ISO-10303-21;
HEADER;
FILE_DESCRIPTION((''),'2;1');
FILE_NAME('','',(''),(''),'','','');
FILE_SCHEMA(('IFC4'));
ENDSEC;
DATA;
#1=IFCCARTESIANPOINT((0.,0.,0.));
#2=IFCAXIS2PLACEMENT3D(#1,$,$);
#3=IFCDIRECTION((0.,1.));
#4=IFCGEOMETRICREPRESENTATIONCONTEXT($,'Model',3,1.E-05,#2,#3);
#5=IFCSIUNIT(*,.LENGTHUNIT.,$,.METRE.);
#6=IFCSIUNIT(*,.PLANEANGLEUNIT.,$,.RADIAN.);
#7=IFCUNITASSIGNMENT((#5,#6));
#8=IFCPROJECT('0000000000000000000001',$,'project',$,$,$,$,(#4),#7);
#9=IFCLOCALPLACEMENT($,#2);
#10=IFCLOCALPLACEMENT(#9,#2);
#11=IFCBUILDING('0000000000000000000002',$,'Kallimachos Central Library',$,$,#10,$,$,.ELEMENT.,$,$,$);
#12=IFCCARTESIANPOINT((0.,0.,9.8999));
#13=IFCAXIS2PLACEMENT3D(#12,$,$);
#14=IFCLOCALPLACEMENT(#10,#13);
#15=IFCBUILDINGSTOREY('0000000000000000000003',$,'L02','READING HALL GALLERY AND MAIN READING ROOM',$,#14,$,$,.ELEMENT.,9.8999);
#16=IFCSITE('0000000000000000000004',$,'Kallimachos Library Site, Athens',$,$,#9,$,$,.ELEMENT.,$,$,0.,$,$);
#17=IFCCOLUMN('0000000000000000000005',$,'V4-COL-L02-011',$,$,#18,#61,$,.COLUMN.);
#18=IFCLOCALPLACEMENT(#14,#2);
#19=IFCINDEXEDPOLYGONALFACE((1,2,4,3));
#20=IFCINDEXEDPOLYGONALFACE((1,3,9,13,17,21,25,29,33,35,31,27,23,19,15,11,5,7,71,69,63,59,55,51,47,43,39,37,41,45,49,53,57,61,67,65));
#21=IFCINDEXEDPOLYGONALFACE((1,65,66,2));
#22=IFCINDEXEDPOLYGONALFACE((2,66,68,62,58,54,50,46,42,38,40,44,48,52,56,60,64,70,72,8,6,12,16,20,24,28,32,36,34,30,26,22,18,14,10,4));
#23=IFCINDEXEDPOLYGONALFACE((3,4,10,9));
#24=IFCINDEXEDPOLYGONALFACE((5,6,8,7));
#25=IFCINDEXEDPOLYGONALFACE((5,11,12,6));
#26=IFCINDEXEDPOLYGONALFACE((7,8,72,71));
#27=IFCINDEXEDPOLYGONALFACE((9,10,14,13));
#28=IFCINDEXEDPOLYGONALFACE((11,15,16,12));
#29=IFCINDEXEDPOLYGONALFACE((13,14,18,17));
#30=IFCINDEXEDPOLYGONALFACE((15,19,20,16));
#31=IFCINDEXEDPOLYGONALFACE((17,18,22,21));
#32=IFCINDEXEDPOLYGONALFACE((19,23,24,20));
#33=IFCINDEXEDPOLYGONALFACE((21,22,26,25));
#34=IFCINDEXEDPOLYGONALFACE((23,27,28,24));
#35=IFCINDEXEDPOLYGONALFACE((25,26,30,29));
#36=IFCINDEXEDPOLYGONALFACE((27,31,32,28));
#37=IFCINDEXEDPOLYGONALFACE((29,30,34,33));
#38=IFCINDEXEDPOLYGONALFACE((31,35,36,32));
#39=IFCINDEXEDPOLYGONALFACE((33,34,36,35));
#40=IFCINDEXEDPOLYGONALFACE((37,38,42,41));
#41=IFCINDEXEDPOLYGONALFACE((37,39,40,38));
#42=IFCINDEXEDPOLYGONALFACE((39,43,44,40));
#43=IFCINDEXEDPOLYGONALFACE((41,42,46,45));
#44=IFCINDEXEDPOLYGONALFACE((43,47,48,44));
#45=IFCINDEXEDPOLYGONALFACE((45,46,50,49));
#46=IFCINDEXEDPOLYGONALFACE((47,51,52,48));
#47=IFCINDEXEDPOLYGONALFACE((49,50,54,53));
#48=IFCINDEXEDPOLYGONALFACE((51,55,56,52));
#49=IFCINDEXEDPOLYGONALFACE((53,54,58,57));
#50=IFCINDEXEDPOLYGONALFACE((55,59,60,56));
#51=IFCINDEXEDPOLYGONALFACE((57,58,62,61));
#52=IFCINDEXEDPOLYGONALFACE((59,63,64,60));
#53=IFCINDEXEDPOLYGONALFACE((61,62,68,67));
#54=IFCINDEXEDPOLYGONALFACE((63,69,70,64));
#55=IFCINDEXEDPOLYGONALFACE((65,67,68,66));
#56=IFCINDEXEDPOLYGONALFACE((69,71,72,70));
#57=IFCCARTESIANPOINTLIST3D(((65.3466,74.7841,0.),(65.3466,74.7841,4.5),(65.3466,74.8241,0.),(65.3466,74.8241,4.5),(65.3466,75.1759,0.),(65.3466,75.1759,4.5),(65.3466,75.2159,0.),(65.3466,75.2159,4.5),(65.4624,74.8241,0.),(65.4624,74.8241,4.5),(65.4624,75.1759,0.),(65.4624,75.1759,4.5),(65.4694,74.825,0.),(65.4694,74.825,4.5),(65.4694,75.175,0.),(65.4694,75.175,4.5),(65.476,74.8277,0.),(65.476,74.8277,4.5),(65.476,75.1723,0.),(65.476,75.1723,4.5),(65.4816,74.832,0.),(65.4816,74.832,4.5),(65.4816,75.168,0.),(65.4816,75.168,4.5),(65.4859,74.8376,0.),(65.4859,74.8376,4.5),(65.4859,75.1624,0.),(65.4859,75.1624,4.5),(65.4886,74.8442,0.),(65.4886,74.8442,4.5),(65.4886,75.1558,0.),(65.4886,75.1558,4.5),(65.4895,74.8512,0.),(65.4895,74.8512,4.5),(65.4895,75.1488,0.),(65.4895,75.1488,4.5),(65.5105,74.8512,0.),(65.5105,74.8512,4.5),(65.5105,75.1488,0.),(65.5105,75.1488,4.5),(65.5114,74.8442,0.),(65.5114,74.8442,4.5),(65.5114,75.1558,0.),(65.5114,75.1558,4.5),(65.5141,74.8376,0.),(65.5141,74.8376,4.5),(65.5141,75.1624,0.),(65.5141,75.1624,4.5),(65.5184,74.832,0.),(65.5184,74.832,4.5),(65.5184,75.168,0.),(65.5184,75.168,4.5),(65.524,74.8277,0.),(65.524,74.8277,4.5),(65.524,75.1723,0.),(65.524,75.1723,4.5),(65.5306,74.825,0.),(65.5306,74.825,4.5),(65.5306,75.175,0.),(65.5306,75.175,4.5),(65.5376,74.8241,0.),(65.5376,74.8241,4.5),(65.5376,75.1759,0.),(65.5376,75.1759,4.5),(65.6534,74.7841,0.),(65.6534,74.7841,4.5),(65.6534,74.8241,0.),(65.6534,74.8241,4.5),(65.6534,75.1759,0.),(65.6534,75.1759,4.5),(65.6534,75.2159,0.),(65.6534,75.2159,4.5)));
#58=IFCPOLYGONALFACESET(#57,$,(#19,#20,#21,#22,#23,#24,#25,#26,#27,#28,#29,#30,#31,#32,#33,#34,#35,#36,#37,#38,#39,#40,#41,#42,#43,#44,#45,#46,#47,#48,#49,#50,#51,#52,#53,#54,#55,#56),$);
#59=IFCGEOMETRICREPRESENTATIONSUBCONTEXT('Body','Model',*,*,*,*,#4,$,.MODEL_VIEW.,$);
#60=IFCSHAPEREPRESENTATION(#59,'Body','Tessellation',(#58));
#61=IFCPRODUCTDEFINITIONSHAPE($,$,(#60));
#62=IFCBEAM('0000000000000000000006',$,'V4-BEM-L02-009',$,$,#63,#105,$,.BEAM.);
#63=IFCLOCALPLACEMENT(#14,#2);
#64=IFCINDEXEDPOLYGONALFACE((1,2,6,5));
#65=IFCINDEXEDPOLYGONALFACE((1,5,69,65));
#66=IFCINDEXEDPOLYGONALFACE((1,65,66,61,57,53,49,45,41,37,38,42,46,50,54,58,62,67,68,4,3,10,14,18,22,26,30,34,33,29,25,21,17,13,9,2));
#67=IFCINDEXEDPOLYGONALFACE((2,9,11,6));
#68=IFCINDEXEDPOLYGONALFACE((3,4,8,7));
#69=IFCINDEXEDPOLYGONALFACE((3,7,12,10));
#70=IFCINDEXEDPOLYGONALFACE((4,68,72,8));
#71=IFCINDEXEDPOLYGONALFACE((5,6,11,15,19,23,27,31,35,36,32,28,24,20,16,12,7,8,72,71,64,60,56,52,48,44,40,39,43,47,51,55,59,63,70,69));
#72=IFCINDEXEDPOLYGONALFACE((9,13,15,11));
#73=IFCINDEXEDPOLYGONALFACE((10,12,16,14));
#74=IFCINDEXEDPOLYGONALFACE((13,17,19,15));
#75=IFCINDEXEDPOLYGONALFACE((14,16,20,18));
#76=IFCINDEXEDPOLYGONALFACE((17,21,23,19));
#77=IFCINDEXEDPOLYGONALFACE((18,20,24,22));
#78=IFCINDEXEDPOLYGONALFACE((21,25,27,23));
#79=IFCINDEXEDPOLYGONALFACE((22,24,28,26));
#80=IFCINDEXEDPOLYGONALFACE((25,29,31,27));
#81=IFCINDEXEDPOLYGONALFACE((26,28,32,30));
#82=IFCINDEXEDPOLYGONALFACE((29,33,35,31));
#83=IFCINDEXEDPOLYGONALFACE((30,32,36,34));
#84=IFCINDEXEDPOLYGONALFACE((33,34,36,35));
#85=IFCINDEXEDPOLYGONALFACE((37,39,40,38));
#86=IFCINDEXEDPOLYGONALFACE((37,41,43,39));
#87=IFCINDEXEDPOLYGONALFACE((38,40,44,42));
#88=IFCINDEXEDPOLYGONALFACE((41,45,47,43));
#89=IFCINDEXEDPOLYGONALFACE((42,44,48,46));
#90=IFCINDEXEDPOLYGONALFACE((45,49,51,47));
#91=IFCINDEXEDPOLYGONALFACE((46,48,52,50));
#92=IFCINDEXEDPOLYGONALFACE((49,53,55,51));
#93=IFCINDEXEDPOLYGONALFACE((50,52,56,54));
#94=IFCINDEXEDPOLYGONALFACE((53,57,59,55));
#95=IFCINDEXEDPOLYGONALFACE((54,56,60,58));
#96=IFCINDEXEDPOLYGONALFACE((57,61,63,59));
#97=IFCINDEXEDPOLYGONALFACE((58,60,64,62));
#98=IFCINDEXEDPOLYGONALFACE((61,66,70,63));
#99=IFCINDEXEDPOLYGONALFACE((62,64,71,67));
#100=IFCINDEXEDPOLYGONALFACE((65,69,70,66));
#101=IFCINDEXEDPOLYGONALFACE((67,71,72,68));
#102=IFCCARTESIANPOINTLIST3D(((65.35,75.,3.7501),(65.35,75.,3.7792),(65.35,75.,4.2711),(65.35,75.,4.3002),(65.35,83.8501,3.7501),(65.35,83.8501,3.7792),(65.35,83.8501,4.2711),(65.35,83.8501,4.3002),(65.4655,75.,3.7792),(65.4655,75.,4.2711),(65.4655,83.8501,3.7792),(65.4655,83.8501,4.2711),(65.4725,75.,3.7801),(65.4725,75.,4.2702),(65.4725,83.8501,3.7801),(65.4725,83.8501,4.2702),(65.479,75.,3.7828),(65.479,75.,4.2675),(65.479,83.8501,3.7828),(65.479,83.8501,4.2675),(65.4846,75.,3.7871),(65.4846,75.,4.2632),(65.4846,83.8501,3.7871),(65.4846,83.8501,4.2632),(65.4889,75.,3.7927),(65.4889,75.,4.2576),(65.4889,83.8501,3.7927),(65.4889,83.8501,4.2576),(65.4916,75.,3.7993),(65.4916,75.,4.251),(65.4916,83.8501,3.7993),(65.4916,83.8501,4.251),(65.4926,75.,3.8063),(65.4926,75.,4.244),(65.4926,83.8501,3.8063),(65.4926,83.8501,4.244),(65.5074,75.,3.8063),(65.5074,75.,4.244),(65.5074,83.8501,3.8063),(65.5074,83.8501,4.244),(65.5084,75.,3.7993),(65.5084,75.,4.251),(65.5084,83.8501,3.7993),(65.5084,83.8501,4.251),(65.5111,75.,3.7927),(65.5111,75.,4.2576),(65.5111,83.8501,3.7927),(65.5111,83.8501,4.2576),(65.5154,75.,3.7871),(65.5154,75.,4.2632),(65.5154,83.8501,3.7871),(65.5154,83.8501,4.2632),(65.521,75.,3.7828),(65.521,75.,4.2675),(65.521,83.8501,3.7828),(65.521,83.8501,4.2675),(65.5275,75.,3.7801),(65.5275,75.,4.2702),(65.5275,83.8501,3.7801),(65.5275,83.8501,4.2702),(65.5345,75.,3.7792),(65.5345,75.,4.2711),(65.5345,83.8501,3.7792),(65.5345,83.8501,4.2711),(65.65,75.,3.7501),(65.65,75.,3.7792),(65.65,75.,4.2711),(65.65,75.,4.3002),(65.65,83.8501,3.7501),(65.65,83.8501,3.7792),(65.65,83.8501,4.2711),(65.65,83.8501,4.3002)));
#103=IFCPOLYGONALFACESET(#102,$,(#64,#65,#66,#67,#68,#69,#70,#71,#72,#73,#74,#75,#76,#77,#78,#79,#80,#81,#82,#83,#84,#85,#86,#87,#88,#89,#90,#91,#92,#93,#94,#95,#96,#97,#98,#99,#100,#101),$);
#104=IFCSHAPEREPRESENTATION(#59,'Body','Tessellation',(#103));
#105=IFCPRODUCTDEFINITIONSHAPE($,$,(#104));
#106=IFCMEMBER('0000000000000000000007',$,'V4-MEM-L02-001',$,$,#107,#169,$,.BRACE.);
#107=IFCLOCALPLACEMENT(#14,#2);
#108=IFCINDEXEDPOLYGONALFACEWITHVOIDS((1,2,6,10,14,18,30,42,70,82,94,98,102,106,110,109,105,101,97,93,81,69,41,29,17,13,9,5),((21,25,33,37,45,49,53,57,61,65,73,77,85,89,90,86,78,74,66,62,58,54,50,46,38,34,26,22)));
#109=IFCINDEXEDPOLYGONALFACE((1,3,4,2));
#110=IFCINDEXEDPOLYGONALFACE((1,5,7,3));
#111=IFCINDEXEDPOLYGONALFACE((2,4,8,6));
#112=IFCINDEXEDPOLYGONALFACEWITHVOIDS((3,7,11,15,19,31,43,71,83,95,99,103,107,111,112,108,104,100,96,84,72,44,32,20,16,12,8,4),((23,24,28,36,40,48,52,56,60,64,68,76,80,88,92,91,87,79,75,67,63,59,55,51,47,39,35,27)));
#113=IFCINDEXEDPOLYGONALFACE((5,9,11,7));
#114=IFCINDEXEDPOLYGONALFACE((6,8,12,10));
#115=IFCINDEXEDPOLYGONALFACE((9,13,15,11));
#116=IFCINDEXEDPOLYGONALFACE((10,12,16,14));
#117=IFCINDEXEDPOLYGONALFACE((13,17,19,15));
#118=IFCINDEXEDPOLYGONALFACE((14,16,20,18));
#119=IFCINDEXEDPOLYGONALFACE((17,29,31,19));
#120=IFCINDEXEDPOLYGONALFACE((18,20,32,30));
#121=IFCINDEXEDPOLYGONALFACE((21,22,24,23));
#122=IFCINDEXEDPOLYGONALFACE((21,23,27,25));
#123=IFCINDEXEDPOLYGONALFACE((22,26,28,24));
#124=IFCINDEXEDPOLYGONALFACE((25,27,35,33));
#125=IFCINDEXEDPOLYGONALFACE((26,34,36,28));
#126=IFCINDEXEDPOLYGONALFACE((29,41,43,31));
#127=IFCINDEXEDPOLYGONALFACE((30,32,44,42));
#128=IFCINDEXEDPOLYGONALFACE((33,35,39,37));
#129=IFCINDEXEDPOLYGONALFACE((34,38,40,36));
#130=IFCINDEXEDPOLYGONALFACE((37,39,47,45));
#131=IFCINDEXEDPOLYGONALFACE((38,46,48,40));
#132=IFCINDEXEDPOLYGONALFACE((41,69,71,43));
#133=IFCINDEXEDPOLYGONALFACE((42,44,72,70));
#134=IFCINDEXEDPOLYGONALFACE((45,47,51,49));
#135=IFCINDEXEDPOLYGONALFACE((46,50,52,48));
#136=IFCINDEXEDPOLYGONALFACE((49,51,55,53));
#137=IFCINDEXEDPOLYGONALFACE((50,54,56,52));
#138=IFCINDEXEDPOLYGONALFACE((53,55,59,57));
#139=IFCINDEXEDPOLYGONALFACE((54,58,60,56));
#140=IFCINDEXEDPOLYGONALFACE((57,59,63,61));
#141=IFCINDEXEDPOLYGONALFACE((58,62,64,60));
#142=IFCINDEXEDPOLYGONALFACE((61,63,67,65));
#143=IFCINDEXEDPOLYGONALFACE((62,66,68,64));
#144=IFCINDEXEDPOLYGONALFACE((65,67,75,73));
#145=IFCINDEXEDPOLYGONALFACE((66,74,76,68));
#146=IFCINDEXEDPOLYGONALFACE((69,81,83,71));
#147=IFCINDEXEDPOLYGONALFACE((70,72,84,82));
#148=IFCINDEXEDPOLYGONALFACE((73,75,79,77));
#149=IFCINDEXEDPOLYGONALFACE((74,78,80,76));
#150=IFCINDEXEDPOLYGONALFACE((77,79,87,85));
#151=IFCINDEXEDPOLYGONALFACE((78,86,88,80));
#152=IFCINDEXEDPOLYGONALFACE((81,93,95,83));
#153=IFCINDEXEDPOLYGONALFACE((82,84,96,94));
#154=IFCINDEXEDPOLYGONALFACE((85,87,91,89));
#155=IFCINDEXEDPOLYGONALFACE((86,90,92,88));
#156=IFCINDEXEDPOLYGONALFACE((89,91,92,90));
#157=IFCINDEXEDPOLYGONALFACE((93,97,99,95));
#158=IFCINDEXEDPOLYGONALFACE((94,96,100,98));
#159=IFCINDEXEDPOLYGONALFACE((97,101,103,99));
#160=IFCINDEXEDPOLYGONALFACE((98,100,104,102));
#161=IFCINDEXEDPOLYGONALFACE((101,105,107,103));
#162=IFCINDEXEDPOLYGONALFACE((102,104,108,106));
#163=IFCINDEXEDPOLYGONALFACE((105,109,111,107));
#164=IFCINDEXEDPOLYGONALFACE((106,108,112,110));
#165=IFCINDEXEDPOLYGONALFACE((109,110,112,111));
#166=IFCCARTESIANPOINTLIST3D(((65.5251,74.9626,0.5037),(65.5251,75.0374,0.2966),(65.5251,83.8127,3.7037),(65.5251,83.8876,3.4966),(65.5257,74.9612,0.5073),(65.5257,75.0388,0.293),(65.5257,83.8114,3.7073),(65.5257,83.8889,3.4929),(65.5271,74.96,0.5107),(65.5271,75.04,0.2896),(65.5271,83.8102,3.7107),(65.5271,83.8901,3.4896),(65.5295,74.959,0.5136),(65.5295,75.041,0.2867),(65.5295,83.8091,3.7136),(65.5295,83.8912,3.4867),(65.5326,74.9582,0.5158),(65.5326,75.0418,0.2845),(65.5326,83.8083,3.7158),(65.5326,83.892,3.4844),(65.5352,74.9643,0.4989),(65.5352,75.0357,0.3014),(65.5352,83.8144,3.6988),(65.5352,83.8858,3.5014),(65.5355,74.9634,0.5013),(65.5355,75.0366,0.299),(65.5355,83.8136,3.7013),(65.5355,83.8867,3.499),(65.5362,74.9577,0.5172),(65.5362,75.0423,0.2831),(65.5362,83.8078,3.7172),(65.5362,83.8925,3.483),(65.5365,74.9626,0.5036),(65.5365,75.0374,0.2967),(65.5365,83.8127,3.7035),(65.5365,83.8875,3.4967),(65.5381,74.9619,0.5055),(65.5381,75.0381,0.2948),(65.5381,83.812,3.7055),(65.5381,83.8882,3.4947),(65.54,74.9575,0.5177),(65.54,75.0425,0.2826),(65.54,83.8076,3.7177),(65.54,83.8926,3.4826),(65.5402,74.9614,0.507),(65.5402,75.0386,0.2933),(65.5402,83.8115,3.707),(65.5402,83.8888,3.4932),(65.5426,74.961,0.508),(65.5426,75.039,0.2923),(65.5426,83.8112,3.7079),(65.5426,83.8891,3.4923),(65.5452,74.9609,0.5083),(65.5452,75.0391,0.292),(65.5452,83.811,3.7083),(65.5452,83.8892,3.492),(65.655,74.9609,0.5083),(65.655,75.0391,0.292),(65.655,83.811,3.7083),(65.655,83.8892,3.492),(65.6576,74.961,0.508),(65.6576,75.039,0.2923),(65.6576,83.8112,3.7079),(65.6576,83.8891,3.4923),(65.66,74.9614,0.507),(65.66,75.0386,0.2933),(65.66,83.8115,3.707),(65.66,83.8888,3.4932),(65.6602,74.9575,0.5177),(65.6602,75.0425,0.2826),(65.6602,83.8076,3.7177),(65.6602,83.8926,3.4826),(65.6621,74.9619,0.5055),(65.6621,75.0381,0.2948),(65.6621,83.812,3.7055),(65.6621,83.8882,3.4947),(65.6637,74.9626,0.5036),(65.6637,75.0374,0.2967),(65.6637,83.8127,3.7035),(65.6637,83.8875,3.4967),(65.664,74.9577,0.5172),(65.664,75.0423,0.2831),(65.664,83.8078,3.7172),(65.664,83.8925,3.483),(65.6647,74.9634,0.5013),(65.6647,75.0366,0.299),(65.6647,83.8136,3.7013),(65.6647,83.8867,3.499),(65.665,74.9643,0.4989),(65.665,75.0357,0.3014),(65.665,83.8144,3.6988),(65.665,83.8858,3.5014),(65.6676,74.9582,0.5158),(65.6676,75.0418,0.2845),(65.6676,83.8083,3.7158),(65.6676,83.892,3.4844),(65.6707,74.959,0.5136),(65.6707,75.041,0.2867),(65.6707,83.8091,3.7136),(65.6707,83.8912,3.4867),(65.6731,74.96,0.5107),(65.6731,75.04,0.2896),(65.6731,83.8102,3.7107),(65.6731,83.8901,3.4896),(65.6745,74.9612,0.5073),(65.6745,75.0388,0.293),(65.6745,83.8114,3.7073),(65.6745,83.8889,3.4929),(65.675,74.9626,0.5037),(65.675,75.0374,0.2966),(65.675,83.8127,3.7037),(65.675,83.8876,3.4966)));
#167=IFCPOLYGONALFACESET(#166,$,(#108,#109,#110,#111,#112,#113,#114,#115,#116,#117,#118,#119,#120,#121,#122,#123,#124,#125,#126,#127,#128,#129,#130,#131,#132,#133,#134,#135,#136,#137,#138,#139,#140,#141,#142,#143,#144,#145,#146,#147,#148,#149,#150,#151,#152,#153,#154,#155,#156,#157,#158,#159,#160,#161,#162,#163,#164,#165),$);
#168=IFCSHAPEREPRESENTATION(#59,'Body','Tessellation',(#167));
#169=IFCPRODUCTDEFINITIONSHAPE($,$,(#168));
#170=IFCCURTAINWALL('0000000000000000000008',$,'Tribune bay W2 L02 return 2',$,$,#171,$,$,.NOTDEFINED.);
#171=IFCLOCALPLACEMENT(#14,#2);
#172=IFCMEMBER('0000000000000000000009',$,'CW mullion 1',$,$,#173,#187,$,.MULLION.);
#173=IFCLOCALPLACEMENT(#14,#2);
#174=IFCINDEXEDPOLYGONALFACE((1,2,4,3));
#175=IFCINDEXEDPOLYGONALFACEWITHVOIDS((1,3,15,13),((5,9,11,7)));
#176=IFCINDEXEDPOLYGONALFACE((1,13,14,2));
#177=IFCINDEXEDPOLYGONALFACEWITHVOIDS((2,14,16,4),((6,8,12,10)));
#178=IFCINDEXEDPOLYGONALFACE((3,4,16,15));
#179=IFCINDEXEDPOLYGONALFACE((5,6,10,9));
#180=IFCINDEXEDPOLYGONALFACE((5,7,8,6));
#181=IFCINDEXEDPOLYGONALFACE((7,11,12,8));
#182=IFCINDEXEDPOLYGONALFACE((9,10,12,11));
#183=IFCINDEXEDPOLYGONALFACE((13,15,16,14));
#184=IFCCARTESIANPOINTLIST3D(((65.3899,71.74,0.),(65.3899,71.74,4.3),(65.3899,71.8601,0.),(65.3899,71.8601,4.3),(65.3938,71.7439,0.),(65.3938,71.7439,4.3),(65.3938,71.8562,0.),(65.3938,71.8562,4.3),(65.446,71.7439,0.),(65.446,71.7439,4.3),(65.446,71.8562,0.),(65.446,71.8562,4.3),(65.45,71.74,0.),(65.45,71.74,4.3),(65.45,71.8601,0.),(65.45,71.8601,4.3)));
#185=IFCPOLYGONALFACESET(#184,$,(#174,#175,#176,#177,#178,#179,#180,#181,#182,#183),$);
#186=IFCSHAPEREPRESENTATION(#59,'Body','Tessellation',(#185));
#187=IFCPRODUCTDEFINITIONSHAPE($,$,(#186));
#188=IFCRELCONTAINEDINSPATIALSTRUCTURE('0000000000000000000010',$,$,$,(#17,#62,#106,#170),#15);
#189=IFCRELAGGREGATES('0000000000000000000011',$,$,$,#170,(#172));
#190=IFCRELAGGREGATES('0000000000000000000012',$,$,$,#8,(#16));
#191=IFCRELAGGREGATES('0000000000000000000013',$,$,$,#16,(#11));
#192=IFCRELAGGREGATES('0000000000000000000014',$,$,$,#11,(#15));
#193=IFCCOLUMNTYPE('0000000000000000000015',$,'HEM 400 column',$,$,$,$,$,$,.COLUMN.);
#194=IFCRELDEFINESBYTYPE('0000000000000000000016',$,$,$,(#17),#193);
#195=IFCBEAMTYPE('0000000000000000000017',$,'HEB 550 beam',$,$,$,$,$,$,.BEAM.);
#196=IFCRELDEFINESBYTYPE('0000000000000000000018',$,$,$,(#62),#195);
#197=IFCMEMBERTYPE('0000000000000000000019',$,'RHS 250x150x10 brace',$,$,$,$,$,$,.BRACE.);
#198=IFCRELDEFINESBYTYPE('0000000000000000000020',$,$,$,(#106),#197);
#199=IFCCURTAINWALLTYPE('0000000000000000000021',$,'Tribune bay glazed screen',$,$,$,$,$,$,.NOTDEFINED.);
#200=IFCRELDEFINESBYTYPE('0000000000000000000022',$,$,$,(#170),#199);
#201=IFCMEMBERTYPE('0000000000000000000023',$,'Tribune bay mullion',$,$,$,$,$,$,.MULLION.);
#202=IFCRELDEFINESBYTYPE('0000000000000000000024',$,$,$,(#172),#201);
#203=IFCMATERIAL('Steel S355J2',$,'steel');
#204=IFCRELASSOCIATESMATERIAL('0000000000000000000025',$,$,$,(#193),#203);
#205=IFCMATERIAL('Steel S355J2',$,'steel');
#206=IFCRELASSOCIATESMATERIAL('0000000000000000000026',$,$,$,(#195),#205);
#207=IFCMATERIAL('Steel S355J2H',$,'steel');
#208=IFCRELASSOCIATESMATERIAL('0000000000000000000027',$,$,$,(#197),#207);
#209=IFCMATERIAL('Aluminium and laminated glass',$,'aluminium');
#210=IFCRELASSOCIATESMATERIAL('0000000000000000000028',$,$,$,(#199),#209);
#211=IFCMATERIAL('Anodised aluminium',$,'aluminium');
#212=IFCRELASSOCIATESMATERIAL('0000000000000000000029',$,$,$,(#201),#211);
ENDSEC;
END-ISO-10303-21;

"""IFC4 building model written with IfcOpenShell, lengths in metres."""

from ifc_helpers import new_model, si_unit, direction, frame, origin, origin_2d, place, context, subcontext, project, spatial, hollow_rectangle, i_section, extrude, material, material_profile, profile_set, type_object, element, aggregate, save


model = new_model("IFC4")

# Units and contexts
model_context = context("Model", 3, precision=1e-05, world=origin(), true_north=direction((0.0, 1.0)))
body_context = subcontext(model_context, "Body", "Model", "MODEL_VIEW")
ifc_project = project(units=[si_unit("LENGTHUNIT", "METRE"), si_unit("PLANEANGLEUNIT", "RADIAN")], contexts=[model_context])

# Site, building, storey
site_placement = place(None, origin())
site = spatial("IfcSite", under=ifc_project, at=site_placement, Name="Kallimachos Library Site, Athens", CompositionType="ELEMENT", RefElevation=0.0)
building_placement = place(site_placement, origin())
building = spatial("IfcBuilding", under=site, at=building_placement, Name="Kallimachos Central Library", CompositionType="ELEMENT")
storey_placement = place(building_placement, frame((0.0, 0.0, 9.8999)))
storey = spatial("IfcBuildingStorey", under=building, at=storey_placement, Name="L02", Description="READING HALL GALLERY AND MAIN READING ROOM", CompositionType="ELEMENT", Elevation=9.8999)

# Column
ifc_material_1 = material(Name="Steel S355J2", Category="steel")
ifc_material_profile_1 = material_profile(ifc_material_1, i_section(OverallWidth=0.3069, OverallDepth=0.4319, WebThickness=0.021, FlangeThickness=0.04, FilletRadius=0.0271, at=origin_2d()), Name="HEM 400")
ifc_profile_set_1 = profile_set([ifc_material_profile_1], Name="Steel S355J2")
column_type = type_object("IfcColumnType", Name="HEM 400 column", PredefinedType="COLUMN", material=ifc_profile_set_1)
column_placement = place(storey_placement, frame((65.5, 75.0, 0.0), z_axis=(0.0, 0.0, 1.0), x_axis=(1.0, 0.0, 0.0)))
element("IfcColumn", 1, at=column_placement, inside=storey, type_object=column_type, Name="V4-COL-L02-011", PredefinedType="COLUMN", context=body_context, shape_type="SweptSolid", body=[
    extrude(i_section(OverallWidth=0.3069, OverallDepth=0.4319, WebThickness=0.021, FlangeThickness=0.04, FilletRadius=0.0271, at=origin_2d()), origin(), (0.0, 0.0, 1.0), 4.5),
])

# Beam
ifc_material_2 = material(Name="Steel S355J2", Category="steel")
ifc_material_profile_2 = material_profile(ifc_material_2, i_section(OverallWidth=0.3, OverallDepth=0.55, WebThickness=0.0149, FlangeThickness=0.0291, FilletRadius=0.0271, at=origin_2d()), Name="HEB 550")
ifc_profile_set_2 = profile_set([ifc_material_profile_2], Name="Steel S355J2")
beam_type = type_object("IfcBeamType", Name="HEB 550 beam", PredefinedType="BEAM", material=ifc_profile_set_2)
beam_placement = place(storey_placement, frame((65.5, 75.0, 4.0251), z_axis=(0.0, 1.0, 0.0), x_axis=(-1.0, 0.0, 0.0)))
element("IfcBeam", 2, at=beam_placement, inside=storey, type_object=beam_type, Name="V4-BEM-L02-009", PredefinedType="BEAM", context=body_context, shape_type="SweptSolid", body=[
    extrude(i_section(OverallWidth=0.3, OverallDepth=0.55, WebThickness=0.0149, FlangeThickness=0.0291, FilletRadius=0.0271, at=origin_2d()), origin(), (0.0, 0.0, 1.0), 8.8501),
])

# Member
ifc_material_3 = material(Name="Steel S355J2H", Category="steel")
ifc_material_profile_3 = material_profile(ifc_material_3, hollow_rectangle(XDim=0.1499, YDim=0.25, WallThickness=0.01, InnerFilletRadius=0.01, OuterFilletRadius=0.0149, at=origin_2d()), Name="RHS 250x150x10")
ifc_profile_set_3 = profile_set([ifc_material_profile_3], Name="Steel S355J2H")
member_type_1 = type_object("IfcMemberType", Name="RHS 250x150x10 brace", PredefinedType="BRACE", material=ifc_profile_set_3)
member_1_placement = place(storey_placement, frame((65.6001, 75.0, 0.4001), z_axis=(0.0, 0.940415, 0.340028), x_axis=(-1.0, 0.0, 0.0)))
element("IfcMember", 3, at=member_1_placement, inside=storey, type_object=member_type_1, Name="V4-MEM-L02-001", PredefinedType="BRACE", context=body_context, shape_type="SweptSolid", body=[
    extrude(hollow_rectangle(XDim=0.1499, YDim=0.25, WallThickness=0.01, InnerFilletRadius=0.01, OuterFilletRadius=0.0149, at=origin_2d()), origin(), (0.0, 0.0, 1.0), 9.4109),
])

# Curtain wall, member
ifc_material_4 = material(Name="Aluminium and laminated glass", Category="aluminium")
curtain_wall_type = type_object("IfcCurtainWallType", Name="Tribune bay glazed screen", PredefinedType="NOTDEFINED", material=ifc_material_4)
curtain_wall_placement = place(storey_placement, origin())
curtain_wall = element("IfcCurtainWall", 4, at=curtain_wall_placement, inside=storey, type_object=curtain_wall_type, Name="Tribune bay W2 L02 return 2", PredefinedType="NOTDEFINED")
ifc_material_5 = material(Name="Anodised aluminium", Category="aluminium")
ifc_material_profile_4 = material_profile(ifc_material_5, hollow_rectangle(XDim=0.0601, YDim=0.1201, WallThickness=0.0039, at=origin_2d()), Name="ALU MULLION 60x120")
ifc_profile_set_4 = profile_set([ifc_material_profile_4], Name="Anodised aluminium")
member_type_2 = type_object("IfcMemberType", Name="Tribune bay mullion", PredefinedType="MULLION", material=ifc_profile_set_4)
member_2_placement = place(storey_placement, frame((65.4199, 71.8, 0.0), z_axis=(0.0, 0.0, 1.0), x_axis=(-1.0, 0.0, 0.0)))
member_2 = element("IfcMember", 5, at=member_2_placement, type_object=member_type_2, Name="CW mullion 1", PredefinedType="MULLION", context=body_context, shape_type="SweptSolid", body=[
    extrude(hollow_rectangle(XDim=0.0601, YDim=0.1201, WallThickness=0.0039, at=origin_2d()), origin(), (0.0, 0.0, 1.0), 4.3),
])
aggregate(curtain_wall, [member_2])

save(model, "model.ifc")
